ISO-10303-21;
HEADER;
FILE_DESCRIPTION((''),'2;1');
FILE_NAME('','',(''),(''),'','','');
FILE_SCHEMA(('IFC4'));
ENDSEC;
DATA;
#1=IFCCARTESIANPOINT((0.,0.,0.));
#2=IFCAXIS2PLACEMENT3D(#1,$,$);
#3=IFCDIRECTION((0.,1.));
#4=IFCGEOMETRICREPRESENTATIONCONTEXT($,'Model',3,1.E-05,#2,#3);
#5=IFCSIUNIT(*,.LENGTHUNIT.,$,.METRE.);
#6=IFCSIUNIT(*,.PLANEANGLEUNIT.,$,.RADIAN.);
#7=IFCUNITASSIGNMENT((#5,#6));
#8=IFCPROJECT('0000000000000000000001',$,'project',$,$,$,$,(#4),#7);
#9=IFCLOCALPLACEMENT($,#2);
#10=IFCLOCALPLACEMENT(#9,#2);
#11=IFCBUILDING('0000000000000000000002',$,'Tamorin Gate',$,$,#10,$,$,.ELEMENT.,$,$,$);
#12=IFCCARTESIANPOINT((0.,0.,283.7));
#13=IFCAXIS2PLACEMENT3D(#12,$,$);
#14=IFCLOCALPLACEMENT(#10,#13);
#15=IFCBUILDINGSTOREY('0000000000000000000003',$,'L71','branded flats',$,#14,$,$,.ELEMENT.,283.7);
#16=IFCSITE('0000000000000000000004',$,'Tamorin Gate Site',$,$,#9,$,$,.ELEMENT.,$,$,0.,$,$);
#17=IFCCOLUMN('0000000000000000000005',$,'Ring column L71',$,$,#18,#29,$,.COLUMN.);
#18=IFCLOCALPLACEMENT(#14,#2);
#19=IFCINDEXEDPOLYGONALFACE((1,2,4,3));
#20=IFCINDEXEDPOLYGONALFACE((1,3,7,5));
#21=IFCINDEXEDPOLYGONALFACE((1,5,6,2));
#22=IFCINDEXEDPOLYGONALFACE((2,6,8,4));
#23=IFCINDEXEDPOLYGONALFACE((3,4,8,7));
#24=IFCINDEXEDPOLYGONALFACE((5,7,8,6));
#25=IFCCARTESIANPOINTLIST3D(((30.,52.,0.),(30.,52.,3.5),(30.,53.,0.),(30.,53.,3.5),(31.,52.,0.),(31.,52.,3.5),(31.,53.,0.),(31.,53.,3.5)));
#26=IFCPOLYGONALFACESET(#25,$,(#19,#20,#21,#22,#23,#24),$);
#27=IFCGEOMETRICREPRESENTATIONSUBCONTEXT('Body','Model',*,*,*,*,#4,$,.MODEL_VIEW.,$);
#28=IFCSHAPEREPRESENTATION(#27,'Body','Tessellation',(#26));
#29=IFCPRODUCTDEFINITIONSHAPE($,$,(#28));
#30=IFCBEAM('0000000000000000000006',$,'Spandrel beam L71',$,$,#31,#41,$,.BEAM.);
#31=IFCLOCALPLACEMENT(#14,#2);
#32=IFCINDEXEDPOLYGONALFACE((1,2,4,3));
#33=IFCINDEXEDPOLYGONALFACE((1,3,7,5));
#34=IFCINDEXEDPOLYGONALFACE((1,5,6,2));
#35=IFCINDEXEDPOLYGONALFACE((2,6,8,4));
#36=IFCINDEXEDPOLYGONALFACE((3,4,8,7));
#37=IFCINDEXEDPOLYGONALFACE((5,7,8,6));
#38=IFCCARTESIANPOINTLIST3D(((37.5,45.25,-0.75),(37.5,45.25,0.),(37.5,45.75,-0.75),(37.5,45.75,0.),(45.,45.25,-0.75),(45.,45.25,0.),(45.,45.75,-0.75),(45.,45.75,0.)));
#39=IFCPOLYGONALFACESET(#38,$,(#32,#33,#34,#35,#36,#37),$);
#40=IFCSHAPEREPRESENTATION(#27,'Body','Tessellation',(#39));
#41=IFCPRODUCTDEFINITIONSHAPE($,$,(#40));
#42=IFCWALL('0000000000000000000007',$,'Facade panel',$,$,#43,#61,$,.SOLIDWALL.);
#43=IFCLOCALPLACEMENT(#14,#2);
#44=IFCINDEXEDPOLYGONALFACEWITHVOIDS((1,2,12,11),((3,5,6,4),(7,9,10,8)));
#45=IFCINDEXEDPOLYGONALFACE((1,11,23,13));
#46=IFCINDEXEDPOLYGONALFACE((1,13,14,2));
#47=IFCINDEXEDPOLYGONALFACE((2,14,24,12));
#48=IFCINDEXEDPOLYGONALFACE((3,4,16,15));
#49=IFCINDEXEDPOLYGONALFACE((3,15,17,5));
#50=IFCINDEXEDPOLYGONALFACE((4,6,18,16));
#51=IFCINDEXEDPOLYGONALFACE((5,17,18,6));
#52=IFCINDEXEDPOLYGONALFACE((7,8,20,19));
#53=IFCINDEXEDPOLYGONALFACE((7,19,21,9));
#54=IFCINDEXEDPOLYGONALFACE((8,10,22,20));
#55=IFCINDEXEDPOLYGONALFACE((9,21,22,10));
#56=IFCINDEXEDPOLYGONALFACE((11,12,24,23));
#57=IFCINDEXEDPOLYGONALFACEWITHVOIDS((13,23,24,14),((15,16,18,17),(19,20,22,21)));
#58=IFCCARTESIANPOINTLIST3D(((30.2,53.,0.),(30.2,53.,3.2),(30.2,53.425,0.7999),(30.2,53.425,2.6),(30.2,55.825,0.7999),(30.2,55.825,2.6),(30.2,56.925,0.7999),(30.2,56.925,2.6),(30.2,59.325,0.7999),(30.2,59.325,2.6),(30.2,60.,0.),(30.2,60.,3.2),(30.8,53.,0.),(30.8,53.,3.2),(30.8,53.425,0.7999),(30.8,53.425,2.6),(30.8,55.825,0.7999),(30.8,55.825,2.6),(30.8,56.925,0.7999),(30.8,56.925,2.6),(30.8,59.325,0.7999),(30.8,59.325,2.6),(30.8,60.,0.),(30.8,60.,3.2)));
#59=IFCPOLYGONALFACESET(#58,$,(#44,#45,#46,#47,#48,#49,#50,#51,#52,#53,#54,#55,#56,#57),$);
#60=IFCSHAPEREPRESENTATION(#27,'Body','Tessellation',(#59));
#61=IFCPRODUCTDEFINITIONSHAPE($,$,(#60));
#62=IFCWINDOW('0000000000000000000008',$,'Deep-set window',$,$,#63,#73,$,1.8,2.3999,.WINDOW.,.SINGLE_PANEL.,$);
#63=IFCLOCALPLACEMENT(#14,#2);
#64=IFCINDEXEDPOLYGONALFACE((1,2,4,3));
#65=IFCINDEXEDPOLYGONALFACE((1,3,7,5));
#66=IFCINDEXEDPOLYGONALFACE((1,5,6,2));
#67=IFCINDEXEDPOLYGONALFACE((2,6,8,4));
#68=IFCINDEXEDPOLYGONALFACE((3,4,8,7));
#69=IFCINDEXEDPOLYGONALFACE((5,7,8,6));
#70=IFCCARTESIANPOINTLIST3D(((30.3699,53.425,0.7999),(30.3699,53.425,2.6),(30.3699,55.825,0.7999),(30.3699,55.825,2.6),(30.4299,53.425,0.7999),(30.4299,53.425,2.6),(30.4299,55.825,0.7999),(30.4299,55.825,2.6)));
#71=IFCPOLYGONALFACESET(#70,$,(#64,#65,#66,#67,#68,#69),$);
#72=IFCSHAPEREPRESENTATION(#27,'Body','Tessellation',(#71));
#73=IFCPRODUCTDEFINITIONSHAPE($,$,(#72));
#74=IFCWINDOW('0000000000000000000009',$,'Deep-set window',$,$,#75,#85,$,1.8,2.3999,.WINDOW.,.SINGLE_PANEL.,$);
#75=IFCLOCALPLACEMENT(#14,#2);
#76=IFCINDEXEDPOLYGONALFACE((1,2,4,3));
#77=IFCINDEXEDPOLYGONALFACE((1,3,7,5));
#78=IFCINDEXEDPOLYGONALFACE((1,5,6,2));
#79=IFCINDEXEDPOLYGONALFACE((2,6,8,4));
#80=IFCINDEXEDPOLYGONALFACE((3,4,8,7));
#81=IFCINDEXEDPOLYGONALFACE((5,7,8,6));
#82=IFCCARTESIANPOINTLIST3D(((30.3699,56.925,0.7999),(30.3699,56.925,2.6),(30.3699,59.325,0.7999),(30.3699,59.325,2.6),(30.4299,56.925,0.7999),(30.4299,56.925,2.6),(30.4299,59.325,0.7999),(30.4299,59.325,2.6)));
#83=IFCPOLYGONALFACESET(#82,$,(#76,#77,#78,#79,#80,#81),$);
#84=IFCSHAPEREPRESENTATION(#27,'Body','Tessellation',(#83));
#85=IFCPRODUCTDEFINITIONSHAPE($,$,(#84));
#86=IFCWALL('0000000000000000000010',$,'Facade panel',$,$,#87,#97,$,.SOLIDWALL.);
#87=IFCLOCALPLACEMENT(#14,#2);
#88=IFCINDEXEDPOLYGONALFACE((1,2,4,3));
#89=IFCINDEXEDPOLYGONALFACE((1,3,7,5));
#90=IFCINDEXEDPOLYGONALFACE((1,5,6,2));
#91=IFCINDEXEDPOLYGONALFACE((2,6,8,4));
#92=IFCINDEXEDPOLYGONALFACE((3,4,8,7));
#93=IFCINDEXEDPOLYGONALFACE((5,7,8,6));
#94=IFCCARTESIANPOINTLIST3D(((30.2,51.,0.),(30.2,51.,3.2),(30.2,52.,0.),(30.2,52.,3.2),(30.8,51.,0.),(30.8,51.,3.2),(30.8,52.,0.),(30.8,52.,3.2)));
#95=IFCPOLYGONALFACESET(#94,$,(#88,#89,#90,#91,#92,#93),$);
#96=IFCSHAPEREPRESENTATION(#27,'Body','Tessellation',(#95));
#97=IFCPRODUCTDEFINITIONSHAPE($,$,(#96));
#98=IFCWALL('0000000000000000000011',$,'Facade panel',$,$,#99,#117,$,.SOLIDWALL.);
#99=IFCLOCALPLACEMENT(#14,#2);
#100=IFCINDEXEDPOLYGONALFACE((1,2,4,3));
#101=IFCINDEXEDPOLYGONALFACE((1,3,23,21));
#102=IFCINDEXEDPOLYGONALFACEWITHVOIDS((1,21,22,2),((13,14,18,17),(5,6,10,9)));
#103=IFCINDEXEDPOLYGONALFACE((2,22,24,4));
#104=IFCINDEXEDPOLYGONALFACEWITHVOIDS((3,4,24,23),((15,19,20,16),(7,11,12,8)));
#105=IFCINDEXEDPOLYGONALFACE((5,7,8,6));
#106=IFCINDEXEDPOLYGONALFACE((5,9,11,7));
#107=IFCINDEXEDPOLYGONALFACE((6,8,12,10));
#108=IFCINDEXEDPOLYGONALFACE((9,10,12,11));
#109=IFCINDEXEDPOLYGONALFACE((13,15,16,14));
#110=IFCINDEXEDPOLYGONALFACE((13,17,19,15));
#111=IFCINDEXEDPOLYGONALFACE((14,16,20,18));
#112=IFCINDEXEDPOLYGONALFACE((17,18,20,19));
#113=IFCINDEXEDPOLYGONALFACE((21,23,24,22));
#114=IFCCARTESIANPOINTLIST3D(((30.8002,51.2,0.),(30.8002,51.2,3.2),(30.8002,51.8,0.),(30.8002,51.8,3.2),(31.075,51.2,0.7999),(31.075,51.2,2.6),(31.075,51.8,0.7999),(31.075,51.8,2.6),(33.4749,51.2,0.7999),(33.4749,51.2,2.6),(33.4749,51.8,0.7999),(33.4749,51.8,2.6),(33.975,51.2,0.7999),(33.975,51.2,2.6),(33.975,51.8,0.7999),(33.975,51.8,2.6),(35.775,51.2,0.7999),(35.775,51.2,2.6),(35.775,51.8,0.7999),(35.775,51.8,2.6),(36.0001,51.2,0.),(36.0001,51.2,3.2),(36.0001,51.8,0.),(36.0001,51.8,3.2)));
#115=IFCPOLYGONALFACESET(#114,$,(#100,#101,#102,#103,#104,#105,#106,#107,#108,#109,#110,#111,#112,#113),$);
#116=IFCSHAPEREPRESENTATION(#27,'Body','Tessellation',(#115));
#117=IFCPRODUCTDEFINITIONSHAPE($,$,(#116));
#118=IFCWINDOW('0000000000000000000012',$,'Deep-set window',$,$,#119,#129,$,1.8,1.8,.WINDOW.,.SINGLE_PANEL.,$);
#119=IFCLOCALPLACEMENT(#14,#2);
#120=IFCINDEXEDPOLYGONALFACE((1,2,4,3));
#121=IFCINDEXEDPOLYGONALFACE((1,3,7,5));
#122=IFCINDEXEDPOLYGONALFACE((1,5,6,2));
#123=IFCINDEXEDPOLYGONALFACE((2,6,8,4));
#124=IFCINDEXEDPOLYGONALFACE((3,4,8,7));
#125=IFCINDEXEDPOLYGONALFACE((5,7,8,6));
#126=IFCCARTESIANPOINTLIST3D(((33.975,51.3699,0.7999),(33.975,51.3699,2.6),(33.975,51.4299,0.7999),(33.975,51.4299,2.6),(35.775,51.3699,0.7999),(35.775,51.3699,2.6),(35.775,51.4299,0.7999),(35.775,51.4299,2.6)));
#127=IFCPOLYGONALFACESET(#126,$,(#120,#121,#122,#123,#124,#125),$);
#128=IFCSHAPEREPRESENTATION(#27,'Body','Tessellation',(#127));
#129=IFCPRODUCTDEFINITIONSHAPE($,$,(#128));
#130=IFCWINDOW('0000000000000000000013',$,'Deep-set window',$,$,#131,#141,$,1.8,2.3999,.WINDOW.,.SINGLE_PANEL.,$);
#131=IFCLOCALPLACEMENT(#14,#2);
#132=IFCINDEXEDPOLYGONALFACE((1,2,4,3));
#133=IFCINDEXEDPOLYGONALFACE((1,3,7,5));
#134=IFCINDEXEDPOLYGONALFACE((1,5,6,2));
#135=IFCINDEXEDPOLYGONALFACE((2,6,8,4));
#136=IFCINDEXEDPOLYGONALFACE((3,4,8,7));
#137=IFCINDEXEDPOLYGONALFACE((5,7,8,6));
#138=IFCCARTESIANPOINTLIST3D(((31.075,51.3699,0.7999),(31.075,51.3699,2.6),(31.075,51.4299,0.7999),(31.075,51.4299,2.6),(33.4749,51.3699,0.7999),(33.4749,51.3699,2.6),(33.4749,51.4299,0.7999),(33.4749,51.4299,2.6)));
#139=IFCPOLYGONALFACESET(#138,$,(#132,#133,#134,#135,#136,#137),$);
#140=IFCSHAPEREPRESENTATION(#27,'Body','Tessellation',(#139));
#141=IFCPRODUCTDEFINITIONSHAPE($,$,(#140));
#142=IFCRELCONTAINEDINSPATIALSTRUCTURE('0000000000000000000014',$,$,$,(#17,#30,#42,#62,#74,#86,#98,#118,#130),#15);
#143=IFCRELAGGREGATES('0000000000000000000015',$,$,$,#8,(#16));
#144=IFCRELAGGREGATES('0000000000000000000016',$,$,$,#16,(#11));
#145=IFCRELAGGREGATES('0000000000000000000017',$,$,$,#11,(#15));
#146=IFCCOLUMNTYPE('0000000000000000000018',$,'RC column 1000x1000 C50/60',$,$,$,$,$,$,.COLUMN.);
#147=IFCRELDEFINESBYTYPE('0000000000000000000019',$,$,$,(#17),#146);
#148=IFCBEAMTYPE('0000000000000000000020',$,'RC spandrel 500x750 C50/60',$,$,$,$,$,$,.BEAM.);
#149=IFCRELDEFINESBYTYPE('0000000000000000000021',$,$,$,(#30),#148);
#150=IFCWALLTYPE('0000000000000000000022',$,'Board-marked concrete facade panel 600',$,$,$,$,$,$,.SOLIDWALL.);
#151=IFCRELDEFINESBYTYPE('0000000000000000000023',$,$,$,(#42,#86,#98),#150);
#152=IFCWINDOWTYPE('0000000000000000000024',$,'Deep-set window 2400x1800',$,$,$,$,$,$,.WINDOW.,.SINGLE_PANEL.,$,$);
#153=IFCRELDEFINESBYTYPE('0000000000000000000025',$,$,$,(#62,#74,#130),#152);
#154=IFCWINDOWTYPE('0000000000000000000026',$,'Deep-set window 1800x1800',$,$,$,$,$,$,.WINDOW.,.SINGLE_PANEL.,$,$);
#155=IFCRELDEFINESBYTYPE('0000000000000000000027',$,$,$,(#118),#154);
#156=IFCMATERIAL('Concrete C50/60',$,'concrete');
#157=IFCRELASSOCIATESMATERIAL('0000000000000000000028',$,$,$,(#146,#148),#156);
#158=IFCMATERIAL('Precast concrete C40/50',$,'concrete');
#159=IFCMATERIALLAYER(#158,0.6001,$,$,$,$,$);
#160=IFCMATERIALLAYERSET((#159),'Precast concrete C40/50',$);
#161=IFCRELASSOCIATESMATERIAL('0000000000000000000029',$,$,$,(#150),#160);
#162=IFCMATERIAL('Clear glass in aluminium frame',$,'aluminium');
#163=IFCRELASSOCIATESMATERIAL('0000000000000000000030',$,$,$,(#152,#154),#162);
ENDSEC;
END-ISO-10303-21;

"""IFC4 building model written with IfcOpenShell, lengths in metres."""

from ifc_helpers import new_model, si_unit, direction, frame, frame_2d, origin, origin_2d, place, context, subcontext, project, spatial, rectangle, extrude, material, layer, layer_set, material_profile, profile_set, type_object, element, fill, save


model = new_model("IFC4")

# Units and contexts
model_context = context("Model", 3, precision=1e-05, world=origin(), true_north=direction((0.0, 1.0)))
body_context = subcontext(model_context, "Body", "Model", "MODEL_VIEW")
ifc_project = project(units=[si_unit("LENGTHUNIT", "METRE"), si_unit("PLANEANGLEUNIT", "RADIAN")], contexts=[model_context])

# Site, building, storey
site_placement = place(None, origin())
site = spatial("IfcSite", under=ifc_project, at=site_placement, Name="Tamorin Gate Site", CompositionType="ELEMENT", RefElevation=0.0)
building_placement = place(site_placement, origin())
building = spatial("IfcBuilding", under=site, at=building_placement, Name="Tamorin Gate", CompositionType="ELEMENT")
storey_placement = place(building_placement, frame((0.0, 0.0, 283.7)))
storey = spatial("IfcBuildingStorey", under=building, at=storey_placement, Name="L71", Description="branded flats", CompositionType="ELEMENT", Elevation=283.7)

# Column
ifc_material_1 = material(Name="Concrete C50/60", Category="concrete")
ifc_material_profile_1 = material_profile(ifc_material_1, rectangle(XDim=1.0, YDim=1.0, at=origin_2d()), Name="RC 1000x1000")
ifc_profile_set_1 = profile_set([ifc_material_profile_1], Name="Concrete C50/60")
column_type = type_object("IfcColumnType", Name="RC column 1000x1000 C50/60", PredefinedType="COLUMN", material=ifc_profile_set_1)
column_placement = place(storey_placement, frame((30.5, 52.5, 0.0), z_axis=(0.0, 0.0, 1.0), x_axis=(1.0, 0.0, 0.0)))
element("IfcColumn", 1, at=column_placement, inside=storey, type_object=column_type, Name="Ring column L71", PredefinedType="COLUMN", context=body_context, shape_type="SweptSolid", body=[
    extrude(rectangle(XDim=1.0, YDim=1.0, at=origin_2d()), origin(), (0.0, 0.0, 1.0), 3.5),
])

# Beam
ifc_material_profile_2 = material_profile(ifc_material_1, rectangle(XDim=0.5, YDim=0.75, at=origin_2d()), Name="RC 500x750")
ifc_profile_set_2 = profile_set([ifc_material_profile_2], Name="Concrete C50/60")
beam_type = type_object("IfcBeamType", Name="RC spandrel 500x750 C50/60", PredefinedType="BEAM", material=ifc_profile_set_2)
beam_placement = place(storey_placement, frame((37.5, 45.5, -0.375), z_axis=(1.0, 0.0, 0.0), x_axis=(0.0, 1.0, 0.0)))
element("IfcBeam", 2, at=beam_placement, inside=storey, type_object=beam_type, Name="Spandrel beam L71", PredefinedType="BEAM", context=body_context, shape_type="SweptSolid", body=[
    extrude(rectangle(XDim=0.5, YDim=0.75, at=origin_2d()), origin(), (0.0, 0.0, 1.0), 7.5),
])

# Wall, openings, windows
ifc_material_2 = material(Name="Precast concrete C40/50", Category="concrete")
ifc_layer_1 = layer(ifc_material_2, 0.6001)
ifc_layer_set_1 = layer_set([ifc_layer_1], Name="Precast concrete C40/50")
wall_type_1 = type_object("IfcWallType", Name="Board-marked concrete facade panel 600", PredefinedType="SOLIDWALL", material=ifc_layer_set_1)
wall_1_placement = place(storey_placement, frame((30.5, 60.0, 0.0), z_axis=(0.0, 0.0, 1.0), x_axis=(0.0, -1.0, 0.0)))
wall_1 = element("IfcWall", 3, at=wall_1_placement, inside=storey, type_object=wall_type_1, Name="Facade panel", PredefinedType="SOLIDWALL", context=body_context, shape_type="SweptSolid", body=[
    extrude(rectangle(XDim=7.0, YDim=0.6001, at=frame_2d((3.5, 0.0))), origin(), (0.0, 0.0, 1.0), 3.2),
])
opening_1_placement = place(wall_1_placement, frame((4.175, 0.0, 0.8)))
opening_1 = element("IfcOpeningElement", 4, at=opening_1_placement, cuts=wall_1, PredefinedType="OPENING", context=body_context, shape_type="SweptSolid", body=[
    extrude(rectangle(XDim=2.3999, YDim=1.8, at=frame_2d((1.2, 0.8999))), frame((0.0, 0.3101, 0.0), z_axis=(0.0, -1.0, 0.0), x_axis=(1.0, 0.0, 0.0)), (0.0, 0.0, 1.0), 0.6201),
])
opening_2_placement = place(wall_1_placement, frame((0.675, 0.0, 0.8)))
opening_2 = element("IfcOpeningElement", 5, at=opening_2_placement, cuts=wall_1, PredefinedType="OPENING", context=body_context, shape_type="SweptSolid", body=[
    extrude(rectangle(XDim=2.3999, YDim=1.8, at=frame_2d((1.2, 0.8999))), frame((0.0, 0.3101, 0.0), z_axis=(0.0, -1.0, 0.0), x_axis=(1.0, 0.0, 0.0)), (0.0, 0.0, 1.0), 0.6201),
])
ifc_material_3 = material(Name="Clear glass in aluminium frame", Category="aluminium")
window_type_1 = type_object("IfcWindowType", Name="Deep-set window 2400x1800", PartitioningType="SINGLE_PANEL", PredefinedType="WINDOW", material=ifc_material_3)
window_1_placement = place(opening_1_placement, origin())
window_1 = element("IfcWindow", 6, at=window_1_placement, inside=storey, type_object=window_type_1, Name="Deep-set window", OverallHeight=1.8, OverallWidth=2.3999, PartitioningType="SINGLE_PANEL", PredefinedType="WINDOW", context=body_context, shape_type="SweptSolid", body=[
    extrude(rectangle(XDim=2.3999, YDim=1.8, at=frame_2d((1.2, 0.8999))), frame((0.0, -0.0701, 0.0), z_axis=(0.0, -1.0, 0.0), x_axis=(1.0, 0.0, 0.0)), (0.0, 0.0, 1.0), 0.0601),
])
fill(opening_1, window_1)
window_2_placement = place(opening_2_placement, origin())
window_2 = element("IfcWindow", 7, at=window_2_placement, inside=storey, type_object=window_type_1, Name="Deep-set window", OverallHeight=1.8, OverallWidth=2.3999, PartitioningType="SINGLE_PANEL", PredefinedType="WINDOW", context=body_context, shape_type="SweptSolid", body=[
    extrude(rectangle(XDim=2.3999, YDim=1.8, at=frame_2d((1.2, 0.8999))), frame((0.0, -0.0701, 0.0), z_axis=(0.0, -1.0, 0.0), x_axis=(1.0, 0.0, 0.0)), (0.0, 0.0, 1.0), 0.0601),
])
fill(opening_2, window_2)

# Wall
wall_2_placement = place(storey_placement, frame((30.5, 52.0, 0.0), z_axis=(0.0, 0.0, 1.0), x_axis=(0.0, -1.0, 0.0)))
element("IfcWall", 8, at=wall_2_placement, inside=storey, type_object=wall_type_1, Name="Facade panel", PredefinedType="SOLIDWALL", context=body_context, shape_type="SweptSolid", body=[
    extrude(rectangle(XDim=1.0, YDim=0.6001, at=frame_2d((0.5, 0.0))), origin(), (0.0, 0.0, 1.0), 3.2),
])

# Wall, openings, windows
wall_3_placement = place(storey_placement, frame((30.8, 51.5, 0.0), z_axis=(0.0, 0.0, 1.0), x_axis=(1.0, 0.0, 0.0)))
wall_3 = element("IfcWall", 9, at=wall_3_placement, inside=storey, type_object=wall_type_1, Name="Facade panel", PredefinedType="SOLIDWALL", context=body_context, shape_type="SweptSolid", body=[
    extrude(rectangle(XDim=5.2, YDim=0.6001, at=frame_2d((2.6001, 0.0))), origin(), (0.0, 0.0, 1.0), 3.2),
])
opening_3_placement = place(wall_3_placement, frame((0.2749, 0.0, 0.8)))
opening_3 = element("IfcOpeningElement", 10, at=opening_3_placement, cuts=wall_3, PredefinedType="OPENING", context=body_context, shape_type="SweptSolid", body=[
    extrude(rectangle(XDim=2.3999, YDim=1.8, at=frame_2d((1.2, 0.8999))), frame((0.0, 0.3101, 0.0), z_axis=(0.0, -1.0, 0.0), x_axis=(1.0, 0.0, 0.0)), (0.0, 0.0, 1.0), 0.6201),
])
opening_4_placement = place(wall_3_placement, frame((3.175, 0.0, 0.8)))
opening_4 = element("IfcOpeningElement", 11, at=opening_4_placement, cuts=wall_3, PredefinedType="OPENING", context=body_context, shape_type="SweptSolid", body=[
    extrude(rectangle(XDim=1.8, YDim=1.8, at=frame_2d((0.8999, 0.8999))), frame((0.0, 0.3101, 0.0), z_axis=(0.0, -1.0, 0.0), x_axis=(1.0, 0.0, 0.0)), (0.0, 0.0, 1.0), 0.6201),
])
window_type_2 = type_object("IfcWindowType", Name="Deep-set window 1800x1800", PartitioningType="SINGLE_PANEL", PredefinedType="WINDOW", material=ifc_material_3)
window_3_placement = place(opening_4_placement, origin())
window_3 = element("IfcWindow", 12, at=window_3_placement, inside=storey, type_object=window_type_2, Name="Deep-set window", OverallHeight=1.8, OverallWidth=1.8, PartitioningType="SINGLE_PANEL", PredefinedType="WINDOW", context=body_context, shape_type="SweptSolid", body=[
    extrude(rectangle(XDim=1.8, YDim=1.8, at=frame_2d((0.8999, 0.8999))), frame((0.0, -0.0701, 0.0), z_axis=(0.0, -1.0, 0.0), x_axis=(1.0, 0.0, 0.0)), (0.0, 0.0, 1.0), 0.0601),
])
fill(opening_4, window_3)
window_4_placement = place(opening_3_placement, origin())
window_4 = element("IfcWindow", 13, at=window_4_placement, inside=storey, type_object=window_type_1, Name="Deep-set window", OverallHeight=1.8, OverallWidth=2.3999, PartitioningType="SINGLE_PANEL", PredefinedType="WINDOW", context=body_context, shape_type="SweptSolid", body=[
    extrude(rectangle(XDim=2.3999, YDim=1.8, at=frame_2d((1.2, 0.8999))), frame((0.0, -0.0701, 0.0), z_axis=(0.0, -1.0, 0.0), x_axis=(1.0, 0.0, 0.0)), (0.0, 0.0, 1.0), 0.0601),
])
fill(opening_3, window_4)

save(model, "model.ifc")
